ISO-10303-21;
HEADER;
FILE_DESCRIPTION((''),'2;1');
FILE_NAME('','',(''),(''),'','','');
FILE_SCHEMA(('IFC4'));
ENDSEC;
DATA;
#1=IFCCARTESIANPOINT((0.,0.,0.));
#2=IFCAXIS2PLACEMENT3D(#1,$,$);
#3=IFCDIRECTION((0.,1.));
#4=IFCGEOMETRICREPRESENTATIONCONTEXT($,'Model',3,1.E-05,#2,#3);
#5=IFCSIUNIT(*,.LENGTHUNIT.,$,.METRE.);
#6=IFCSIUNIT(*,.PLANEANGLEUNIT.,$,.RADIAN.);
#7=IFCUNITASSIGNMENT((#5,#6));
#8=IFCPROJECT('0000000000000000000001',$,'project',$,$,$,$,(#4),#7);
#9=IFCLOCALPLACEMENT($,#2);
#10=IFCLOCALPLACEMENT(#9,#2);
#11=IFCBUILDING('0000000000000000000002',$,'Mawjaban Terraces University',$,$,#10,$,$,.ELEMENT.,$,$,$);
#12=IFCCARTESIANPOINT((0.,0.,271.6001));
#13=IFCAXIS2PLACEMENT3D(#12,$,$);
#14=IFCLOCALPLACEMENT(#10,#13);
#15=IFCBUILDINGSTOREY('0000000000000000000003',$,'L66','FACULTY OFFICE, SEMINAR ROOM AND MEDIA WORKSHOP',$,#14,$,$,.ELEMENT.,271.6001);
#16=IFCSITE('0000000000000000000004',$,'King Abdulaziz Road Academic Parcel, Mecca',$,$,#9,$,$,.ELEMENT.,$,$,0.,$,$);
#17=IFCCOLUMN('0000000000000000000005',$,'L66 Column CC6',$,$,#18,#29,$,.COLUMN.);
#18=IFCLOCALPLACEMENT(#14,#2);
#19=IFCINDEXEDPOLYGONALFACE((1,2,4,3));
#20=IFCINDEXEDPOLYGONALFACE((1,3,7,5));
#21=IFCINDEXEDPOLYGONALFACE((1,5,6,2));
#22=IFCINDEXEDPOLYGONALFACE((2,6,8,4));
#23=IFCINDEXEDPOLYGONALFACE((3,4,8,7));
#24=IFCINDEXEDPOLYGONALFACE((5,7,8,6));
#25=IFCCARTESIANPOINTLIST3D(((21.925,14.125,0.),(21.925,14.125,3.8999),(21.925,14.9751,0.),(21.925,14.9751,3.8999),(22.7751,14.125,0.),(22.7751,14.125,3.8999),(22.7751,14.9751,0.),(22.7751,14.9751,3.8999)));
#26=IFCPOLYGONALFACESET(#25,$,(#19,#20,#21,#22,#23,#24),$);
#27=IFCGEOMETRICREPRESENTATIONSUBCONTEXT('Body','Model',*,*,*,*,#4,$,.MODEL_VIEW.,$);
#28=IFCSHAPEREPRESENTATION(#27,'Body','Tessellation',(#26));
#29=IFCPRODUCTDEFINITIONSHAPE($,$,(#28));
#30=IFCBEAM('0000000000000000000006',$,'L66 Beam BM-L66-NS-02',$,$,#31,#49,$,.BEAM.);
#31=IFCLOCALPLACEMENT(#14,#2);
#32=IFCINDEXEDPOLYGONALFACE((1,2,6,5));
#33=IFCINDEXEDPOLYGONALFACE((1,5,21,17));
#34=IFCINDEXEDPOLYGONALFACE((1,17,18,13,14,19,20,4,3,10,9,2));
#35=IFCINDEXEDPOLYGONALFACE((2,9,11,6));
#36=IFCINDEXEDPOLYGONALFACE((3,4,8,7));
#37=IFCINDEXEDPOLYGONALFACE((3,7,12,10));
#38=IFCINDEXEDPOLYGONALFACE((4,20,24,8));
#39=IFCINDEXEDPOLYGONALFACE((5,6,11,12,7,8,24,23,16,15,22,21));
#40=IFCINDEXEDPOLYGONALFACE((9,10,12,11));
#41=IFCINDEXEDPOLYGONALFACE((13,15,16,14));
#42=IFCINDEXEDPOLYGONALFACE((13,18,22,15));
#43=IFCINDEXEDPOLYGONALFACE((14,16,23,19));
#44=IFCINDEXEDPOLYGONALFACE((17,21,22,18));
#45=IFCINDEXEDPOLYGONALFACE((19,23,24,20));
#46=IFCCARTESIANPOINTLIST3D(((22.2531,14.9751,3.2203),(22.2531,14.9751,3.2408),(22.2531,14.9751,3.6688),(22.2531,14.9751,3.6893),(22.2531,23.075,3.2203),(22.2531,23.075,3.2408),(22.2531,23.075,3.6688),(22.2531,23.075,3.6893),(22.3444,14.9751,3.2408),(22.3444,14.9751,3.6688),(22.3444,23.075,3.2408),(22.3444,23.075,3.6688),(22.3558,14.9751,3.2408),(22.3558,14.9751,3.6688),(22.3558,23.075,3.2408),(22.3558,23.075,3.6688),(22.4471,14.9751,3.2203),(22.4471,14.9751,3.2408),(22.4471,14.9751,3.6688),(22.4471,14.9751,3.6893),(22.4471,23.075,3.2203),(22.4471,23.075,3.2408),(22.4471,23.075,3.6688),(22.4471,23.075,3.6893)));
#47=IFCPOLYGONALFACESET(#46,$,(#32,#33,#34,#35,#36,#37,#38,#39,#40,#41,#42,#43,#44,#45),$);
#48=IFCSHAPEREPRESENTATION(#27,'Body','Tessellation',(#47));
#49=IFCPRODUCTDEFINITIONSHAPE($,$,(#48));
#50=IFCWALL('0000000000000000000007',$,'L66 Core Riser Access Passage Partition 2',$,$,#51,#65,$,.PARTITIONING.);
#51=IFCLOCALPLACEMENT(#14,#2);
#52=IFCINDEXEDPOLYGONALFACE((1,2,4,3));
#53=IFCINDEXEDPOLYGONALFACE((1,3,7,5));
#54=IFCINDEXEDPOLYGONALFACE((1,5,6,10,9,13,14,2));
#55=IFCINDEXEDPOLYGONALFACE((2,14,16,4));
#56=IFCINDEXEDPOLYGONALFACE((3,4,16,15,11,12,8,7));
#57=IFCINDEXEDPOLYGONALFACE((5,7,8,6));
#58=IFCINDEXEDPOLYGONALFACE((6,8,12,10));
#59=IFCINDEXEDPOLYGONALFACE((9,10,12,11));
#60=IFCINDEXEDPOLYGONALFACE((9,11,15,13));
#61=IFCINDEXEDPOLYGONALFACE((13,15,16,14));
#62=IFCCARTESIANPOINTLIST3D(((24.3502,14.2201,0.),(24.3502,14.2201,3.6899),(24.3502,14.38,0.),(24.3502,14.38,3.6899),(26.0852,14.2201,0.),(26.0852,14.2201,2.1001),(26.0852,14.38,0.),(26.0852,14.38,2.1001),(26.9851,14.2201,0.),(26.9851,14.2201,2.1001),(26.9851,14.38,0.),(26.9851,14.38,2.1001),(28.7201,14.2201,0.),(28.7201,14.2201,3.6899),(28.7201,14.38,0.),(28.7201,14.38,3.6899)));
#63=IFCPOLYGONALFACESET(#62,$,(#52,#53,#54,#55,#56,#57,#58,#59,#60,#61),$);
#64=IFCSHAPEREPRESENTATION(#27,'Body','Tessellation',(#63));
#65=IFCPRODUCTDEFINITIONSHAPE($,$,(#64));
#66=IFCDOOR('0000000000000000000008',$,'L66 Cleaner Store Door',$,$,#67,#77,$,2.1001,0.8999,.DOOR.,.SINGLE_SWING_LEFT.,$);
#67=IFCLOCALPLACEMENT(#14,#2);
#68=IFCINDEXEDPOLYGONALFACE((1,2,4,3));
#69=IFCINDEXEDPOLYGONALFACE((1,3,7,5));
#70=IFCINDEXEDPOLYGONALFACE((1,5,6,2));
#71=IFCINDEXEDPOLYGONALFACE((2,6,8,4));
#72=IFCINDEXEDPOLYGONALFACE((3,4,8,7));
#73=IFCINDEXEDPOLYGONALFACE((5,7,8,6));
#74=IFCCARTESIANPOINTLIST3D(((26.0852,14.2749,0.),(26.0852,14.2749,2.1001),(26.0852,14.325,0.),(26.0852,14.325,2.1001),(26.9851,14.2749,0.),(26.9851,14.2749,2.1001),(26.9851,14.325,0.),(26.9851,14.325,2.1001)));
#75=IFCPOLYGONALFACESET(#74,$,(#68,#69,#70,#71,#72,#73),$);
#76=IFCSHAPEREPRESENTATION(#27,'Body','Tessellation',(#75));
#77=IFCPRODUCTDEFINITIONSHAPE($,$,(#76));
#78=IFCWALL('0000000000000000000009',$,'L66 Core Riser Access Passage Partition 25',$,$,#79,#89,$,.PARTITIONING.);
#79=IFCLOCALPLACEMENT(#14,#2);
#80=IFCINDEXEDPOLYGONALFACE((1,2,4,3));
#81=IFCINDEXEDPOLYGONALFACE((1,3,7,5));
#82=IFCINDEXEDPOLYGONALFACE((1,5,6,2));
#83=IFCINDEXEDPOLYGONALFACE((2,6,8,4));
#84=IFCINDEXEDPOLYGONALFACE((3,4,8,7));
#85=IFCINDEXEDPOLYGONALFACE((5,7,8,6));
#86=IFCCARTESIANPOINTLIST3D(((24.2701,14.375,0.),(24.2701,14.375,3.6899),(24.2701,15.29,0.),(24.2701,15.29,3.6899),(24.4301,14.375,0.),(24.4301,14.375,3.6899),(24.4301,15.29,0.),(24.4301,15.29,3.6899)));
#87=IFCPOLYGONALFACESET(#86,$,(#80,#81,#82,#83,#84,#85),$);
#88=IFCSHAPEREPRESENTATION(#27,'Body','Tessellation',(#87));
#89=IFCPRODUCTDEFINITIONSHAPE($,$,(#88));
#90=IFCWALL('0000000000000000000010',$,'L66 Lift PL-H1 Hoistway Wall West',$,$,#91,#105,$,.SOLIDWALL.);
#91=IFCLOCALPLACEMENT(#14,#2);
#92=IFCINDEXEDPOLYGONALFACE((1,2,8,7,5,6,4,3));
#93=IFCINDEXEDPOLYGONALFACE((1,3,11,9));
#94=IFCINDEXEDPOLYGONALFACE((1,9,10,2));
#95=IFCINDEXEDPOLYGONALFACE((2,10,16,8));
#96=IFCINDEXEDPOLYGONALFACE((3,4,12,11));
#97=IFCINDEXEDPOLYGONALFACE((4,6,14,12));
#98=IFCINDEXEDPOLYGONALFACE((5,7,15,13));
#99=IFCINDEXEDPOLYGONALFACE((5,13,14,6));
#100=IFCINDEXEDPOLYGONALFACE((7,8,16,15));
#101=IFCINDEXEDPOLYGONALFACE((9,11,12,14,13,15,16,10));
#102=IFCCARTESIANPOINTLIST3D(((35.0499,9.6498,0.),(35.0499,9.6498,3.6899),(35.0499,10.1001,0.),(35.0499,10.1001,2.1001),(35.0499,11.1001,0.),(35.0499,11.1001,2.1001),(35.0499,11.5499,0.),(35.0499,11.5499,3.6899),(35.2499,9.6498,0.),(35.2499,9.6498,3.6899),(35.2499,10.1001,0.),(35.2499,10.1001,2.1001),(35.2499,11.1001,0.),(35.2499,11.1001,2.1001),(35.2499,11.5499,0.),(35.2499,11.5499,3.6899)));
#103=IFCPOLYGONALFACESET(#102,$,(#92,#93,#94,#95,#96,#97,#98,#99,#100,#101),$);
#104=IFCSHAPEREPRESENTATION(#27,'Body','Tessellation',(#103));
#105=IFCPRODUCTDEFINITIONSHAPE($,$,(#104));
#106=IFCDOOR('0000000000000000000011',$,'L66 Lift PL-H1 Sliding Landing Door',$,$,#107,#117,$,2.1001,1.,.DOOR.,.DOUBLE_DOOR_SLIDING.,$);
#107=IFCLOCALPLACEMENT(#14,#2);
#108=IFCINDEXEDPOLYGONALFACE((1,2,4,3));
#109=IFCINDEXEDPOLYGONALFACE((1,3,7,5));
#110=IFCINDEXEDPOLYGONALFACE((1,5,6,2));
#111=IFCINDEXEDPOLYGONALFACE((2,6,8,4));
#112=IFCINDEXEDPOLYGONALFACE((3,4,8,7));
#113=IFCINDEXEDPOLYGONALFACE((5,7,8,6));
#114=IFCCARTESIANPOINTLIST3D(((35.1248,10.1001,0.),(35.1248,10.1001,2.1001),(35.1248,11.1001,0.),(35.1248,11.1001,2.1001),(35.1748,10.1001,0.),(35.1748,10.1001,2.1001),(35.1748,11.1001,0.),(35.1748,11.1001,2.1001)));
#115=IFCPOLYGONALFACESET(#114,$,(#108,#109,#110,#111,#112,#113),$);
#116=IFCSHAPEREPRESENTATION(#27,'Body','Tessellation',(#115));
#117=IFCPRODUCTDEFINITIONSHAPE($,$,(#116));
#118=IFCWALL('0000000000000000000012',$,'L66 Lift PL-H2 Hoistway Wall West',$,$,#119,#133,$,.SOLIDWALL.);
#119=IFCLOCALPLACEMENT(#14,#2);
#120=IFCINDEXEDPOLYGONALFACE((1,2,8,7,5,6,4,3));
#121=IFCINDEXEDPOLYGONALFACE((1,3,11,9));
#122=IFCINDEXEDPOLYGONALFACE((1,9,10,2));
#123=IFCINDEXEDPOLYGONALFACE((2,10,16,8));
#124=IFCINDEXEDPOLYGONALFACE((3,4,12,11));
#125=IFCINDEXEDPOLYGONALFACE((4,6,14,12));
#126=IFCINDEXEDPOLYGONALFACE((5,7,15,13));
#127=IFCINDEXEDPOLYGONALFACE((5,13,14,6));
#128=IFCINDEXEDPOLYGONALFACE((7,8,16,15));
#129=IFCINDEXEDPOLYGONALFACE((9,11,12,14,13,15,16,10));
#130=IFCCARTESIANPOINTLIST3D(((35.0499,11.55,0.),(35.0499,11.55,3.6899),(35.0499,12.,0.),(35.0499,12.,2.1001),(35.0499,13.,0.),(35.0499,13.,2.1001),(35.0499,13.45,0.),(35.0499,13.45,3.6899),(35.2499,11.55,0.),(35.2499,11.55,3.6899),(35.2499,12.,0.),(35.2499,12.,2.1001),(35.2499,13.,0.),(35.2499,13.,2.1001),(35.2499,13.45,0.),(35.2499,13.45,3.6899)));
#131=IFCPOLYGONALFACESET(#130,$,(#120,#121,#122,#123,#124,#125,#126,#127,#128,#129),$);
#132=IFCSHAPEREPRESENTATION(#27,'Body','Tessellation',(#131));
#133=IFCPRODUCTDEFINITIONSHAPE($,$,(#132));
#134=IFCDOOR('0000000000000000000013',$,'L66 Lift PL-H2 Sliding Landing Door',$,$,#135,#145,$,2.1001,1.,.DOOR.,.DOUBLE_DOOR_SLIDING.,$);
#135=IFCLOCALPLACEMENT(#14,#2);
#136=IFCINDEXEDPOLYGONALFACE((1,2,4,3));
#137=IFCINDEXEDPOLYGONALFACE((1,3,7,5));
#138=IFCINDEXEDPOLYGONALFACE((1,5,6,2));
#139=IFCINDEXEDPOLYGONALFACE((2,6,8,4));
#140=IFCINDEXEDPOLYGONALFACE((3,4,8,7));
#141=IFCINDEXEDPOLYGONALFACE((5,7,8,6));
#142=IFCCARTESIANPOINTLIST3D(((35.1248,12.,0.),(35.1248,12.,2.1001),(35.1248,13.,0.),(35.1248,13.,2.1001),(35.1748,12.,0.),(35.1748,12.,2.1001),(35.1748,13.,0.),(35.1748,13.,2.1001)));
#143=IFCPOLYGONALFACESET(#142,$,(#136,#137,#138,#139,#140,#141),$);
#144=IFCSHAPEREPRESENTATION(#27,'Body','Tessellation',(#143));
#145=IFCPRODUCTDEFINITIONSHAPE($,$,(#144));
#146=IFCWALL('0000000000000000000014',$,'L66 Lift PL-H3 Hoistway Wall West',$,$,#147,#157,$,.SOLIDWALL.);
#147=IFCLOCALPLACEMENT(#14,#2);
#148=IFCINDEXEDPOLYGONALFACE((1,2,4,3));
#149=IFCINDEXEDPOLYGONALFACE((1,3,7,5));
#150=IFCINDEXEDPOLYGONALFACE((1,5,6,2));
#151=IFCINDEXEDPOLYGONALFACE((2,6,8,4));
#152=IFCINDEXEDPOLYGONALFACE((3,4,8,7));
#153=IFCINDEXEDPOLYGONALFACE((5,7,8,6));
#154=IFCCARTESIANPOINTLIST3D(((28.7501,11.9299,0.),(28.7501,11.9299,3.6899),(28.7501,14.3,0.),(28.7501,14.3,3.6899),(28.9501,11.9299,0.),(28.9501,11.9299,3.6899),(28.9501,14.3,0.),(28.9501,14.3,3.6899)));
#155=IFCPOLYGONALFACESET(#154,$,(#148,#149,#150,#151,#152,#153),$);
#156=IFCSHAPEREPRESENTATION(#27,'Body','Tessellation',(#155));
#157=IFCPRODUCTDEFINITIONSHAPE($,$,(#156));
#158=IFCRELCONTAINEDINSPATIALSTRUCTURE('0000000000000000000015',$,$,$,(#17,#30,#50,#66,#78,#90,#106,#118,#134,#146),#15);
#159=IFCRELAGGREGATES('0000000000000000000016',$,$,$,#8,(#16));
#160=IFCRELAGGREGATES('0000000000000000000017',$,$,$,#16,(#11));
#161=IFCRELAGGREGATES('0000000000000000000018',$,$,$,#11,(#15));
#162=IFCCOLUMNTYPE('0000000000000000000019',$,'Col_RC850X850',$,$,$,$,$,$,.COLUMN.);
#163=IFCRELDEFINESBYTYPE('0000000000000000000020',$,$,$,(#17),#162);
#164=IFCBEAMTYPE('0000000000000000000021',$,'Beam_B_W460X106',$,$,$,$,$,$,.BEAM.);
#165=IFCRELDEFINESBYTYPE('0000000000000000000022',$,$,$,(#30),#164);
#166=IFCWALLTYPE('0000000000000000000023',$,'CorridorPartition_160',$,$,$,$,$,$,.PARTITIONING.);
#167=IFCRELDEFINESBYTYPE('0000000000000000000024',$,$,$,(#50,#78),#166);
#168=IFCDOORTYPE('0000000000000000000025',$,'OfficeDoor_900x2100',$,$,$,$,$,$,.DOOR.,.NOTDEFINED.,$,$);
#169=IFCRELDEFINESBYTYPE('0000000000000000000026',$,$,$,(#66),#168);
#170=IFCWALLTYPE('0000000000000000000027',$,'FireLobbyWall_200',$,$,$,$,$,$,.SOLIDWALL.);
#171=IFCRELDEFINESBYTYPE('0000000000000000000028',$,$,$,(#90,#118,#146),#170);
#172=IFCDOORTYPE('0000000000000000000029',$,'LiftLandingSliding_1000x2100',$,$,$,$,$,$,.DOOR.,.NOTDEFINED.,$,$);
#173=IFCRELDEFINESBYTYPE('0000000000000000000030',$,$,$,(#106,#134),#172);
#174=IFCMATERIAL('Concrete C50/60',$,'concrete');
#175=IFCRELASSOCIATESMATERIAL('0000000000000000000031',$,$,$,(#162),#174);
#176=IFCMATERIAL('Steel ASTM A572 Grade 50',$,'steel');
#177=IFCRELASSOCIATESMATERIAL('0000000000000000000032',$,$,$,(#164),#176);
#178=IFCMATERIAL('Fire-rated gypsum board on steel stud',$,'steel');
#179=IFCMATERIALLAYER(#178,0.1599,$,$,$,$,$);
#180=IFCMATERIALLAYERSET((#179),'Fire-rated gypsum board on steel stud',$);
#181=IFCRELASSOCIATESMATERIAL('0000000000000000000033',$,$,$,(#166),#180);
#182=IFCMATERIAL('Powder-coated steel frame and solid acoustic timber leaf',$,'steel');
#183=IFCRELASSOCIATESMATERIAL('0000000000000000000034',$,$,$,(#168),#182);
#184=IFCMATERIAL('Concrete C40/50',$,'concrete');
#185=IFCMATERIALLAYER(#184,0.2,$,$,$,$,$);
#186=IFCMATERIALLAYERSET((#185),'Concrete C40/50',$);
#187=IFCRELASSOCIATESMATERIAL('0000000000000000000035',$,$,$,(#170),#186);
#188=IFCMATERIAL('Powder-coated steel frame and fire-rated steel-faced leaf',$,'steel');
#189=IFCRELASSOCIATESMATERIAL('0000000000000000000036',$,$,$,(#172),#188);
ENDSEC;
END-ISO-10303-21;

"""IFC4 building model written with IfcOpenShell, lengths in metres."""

from ifc_helpers import new_model, si_unit, direction, frame, frame_2d, origin, origin_2d, place, context, subcontext, project, spatial, rectangle, i_section, extrude, material, layer, layer_set, material_profile, profile_set, type_object, element, fill, save


model = new_model("IFC4")

# Units and contexts
model_context = context("Model", 3, precision=1e-05, world=origin(), true_north=direction((0.0, 1.0)))
body_context = subcontext(model_context, "Body", "Model", "MODEL_VIEW")
ifc_project = project(units=[si_unit("LENGTHUNIT", "METRE"), si_unit("PLANEANGLEUNIT", "RADIAN")], contexts=[model_context])

# Site, building, storey
site_placement = place(None, origin())
site = spatial("IfcSite", under=ifc_project, at=site_placement, Name="King Abdulaziz Road Academic Parcel, Mecca", CompositionType="ELEMENT", RefElevation=0.0)
building_placement = place(site_placement, origin())
building = spatial("IfcBuilding", under=site, at=building_placement, Name="Mawjaban Terraces University", CompositionType="ELEMENT")
storey_placement = place(building_placement, frame((0.0, 0.0, 271.6001)))
storey = spatial("IfcBuildingStorey", under=building, at=storey_placement, Name="L66", Description="FACULTY OFFICE, SEMINAR ROOM AND MEDIA WORKSHOP", CompositionType="ELEMENT", Elevation=271.6001)

# Column
ifc_material_1 = material(Name="Concrete C50/60", Category="concrete")
ifc_material_profile_1 = material_profile(ifc_material_1, rectangle(XDim=0.8501, YDim=0.8501, at=origin_2d()), Name="RC850X850")
ifc_profile_set_1 = profile_set([ifc_material_profile_1], Name="Concrete C50/60")
column_type = type_object("IfcColumnType", Name="Col_RC850X850", PredefinedType="COLUMN", material=ifc_profile_set_1)
column_placement = place(storey_placement, frame((22.3501, 14.55, 0.0), z_axis=(0.0, 0.0, 1.0), x_axis=(1.0, 0.0, 0.0)))
element("IfcColumn", 1, at=column_placement, inside=storey, type_object=column_type, Name="L66 Column CC6", PredefinedType="COLUMN", context=body_context, shape_type="SweptSolid", body=[
    extrude(rectangle(XDim=0.8501, YDim=0.8501, at=origin_2d()), origin(), (0.0, 0.0, 1.0), 3.8999),
])

# Beam
ifc_material_2 = material(Name="Steel ASTM A572 Grade 50", Category="steel")
ifc_material_profile_2 = material_profile(ifc_material_2, i_section(OverallWidth=0.1941, OverallDepth=0.469, WebThickness=0.0115, FlangeThickness=0.0205, at=origin_2d()), Name="W460X106")
ifc_profile_set_2 = profile_set([ifc_material_profile_2], Name="Steel ASTM A572 Grade 50")
beam_type = type_object("IfcBeamType", Name="Beam_B_W460X106", PredefinedType="BEAM", material=ifc_profile_set_2)
beam_placement = place(storey_placement, frame((22.3501, 14.9751, 3.4548), z_axis=(0.0, 1.0, 0.0), x_axis=(-1.0, 0.0, 0.0)))
element("IfcBeam", 2, at=beam_placement, inside=storey, type_object=beam_type, Name="L66 Beam BM-L66-NS-02", PredefinedType="BEAM", context=body_context, shape_type="SweptSolid", body=[
    extrude(i_section(OverallWidth=0.1941, OverallDepth=0.469, WebThickness=0.0115, FlangeThickness=0.0205, at=origin_2d()), origin(), (0.0, 0.0, 1.0), 8.0999),
])

# Wall, opening, door
ifc_material_3 = material(Name="Fire-rated gypsum board on steel stud", Category="steel")
ifc_layer_1 = layer(ifc_material_3, 0.1599)
ifc_layer_set_1 = layer_set([ifc_layer_1], Name="Fire-rated gypsum board on steel stud")
wall_type_1 = type_object("IfcWallType", Name="CorridorPartition_160", PredefinedType="PARTITIONING", material=ifc_layer_set_1)
wall_1_placement = place(storey_placement, frame((24.3501, 14.3, 0.0), z_axis=(0.0, 0.0, 1.0), x_axis=(1.0, 0.0, 0.0)))
wall_1 = element("IfcWall", 3, at=wall_1_placement, inside=storey, type_object=wall_type_1, Name="L66 Core Riser Access Passage Partition 2", PredefinedType="PARTITIONING", context=body_context, shape_type="SweptSolid", body=[
    extrude(rectangle(XDim=4.3699, YDim=0.1599, at=frame_2d((2.1851, 0.0))), origin(), (0.0, 0.0, 1.0), 3.6899),
])
opening_1_placement = place(wall_1_placement, frame((1.7351, 0.0, 0.0)))
opening_1 = element("IfcOpeningElement", 4, at=opening_1_placement, cuts=wall_1, PredefinedType="OPENING", context=body_context, shape_type="SweptSolid", body=[
    extrude(rectangle(XDim=0.8999, YDim=2.1001, at=frame_2d((0.45, 1.05))), frame((0.0, 0.0898, 0.0), z_axis=(0.0, -1.0, 0.0), x_axis=(1.0, 0.0, 0.0)), (0.0, 0.0, 1.0), 0.1799),
])
ifc_material_4 = material(Name="Powder-coated steel frame and solid acoustic timber leaf", Category="steel")
door_type_1 = type_object("IfcDoorType", Name="OfficeDoor_900x2100", OperationType="NOTDEFINED", PredefinedType="DOOR", material=ifc_material_4)
door_1_placement = place(opening_1_placement, origin())
door_1 = element("IfcDoor", 5, at=door_1_placement, inside=storey, type_object=door_type_1, Name="L66 Cleaner Store Door", OperationType="SINGLE_SWING_LEFT", OverallHeight=2.1001, OverallWidth=0.8999, PredefinedType="DOOR", context=body_context, shape_type="SweptSolid", body=[
    extrude(rectangle(XDim=0.8999, YDim=2.1001, at=frame_2d((0.45, 1.05))), frame((0.0, 0.0249, 0.0), z_axis=(0.0, -1.0, 0.0), x_axis=(1.0, 0.0, 0.0)), (0.0, 0.0, 1.0), 0.05),
])
fill(opening_1, door_1)

# Wall
wall_2_placement = place(storey_placement, frame((24.3501, 15.29, 0.0), z_axis=(0.0, 0.0, 1.0), x_axis=(0.0, -1.0, 0.0)))
element("IfcWall", 6, at=wall_2_placement, inside=storey, type_object=wall_type_1, Name="L66 Core Riser Access Passage Partition 25", PredefinedType="PARTITIONING", context=body_context, shape_type="SweptSolid", body=[
    extrude(rectangle(XDim=0.915, YDim=0.1599, at=frame_2d((0.4575, 0.0))), origin(), (0.0, 0.0, 1.0), 3.6899),
])

# Walls, openings, doors
ifc_material_5 = material(Name="Concrete C40/50", Category="concrete")
ifc_layer_2 = layer(ifc_material_5, 0.2)
ifc_layer_set_2 = layer_set([ifc_layer_2], Name="Concrete C40/50")
wall_type_2 = type_object("IfcWallType", Name="FireLobbyWall_200", PredefinedType="SOLIDWALL", material=ifc_layer_set_2)
wall_3_placement = place(storey_placement, frame((35.1499, 11.55, 0.0), z_axis=(0.0, 0.0, 1.0), x_axis=(0.0, -1.0, 0.0)))
wall_3 = element("IfcWall", 7, at=wall_3_placement, inside=storey, type_object=wall_type_2, Name="L66 Lift PL-H1 Hoistway Wall West", PredefinedType="SOLIDWALL", context=body_context, shape_type="SweptSolid", body=[
    extrude(rectangle(XDim=1.9001, YDim=0.2, at=frame_2d((0.9502, 0.0))), origin(), (0.0, 0.0, 1.0), 3.6899),
])
opening_2_placement = place(wall_3_placement, frame((0.45, 0.0, 0.0)))
opening_2 = element("IfcOpeningElement", 8, at=opening_2_placement, cuts=wall_3, PredefinedType="OPENING", context=body_context, shape_type="SweptSolid", body=[
    extrude(rectangle(XDim=1.0, YDim=2.1001, at=frame_2d((0.5, 1.05))), frame((0.0, 0.1099, 0.0), z_axis=(0.0, -1.0, 0.0), x_axis=(1.0, 0.0, 0.0)), (0.0, 0.0, 1.0), 0.22),
])
ifc_material_6 = material(Name="Powder-coated steel frame and fire-rated steel-faced leaf", Category="steel")
door_type_2 = type_object("IfcDoorType", Name="LiftLandingSliding_1000x2100", OperationType="NOTDEFINED", PredefinedType="DOOR", material=ifc_material_6)
door_2_placement = place(opening_2_placement, origin())
door_2 = element("IfcDoor", 9, at=door_2_placement, inside=storey, type_object=door_type_2, Name="L66 Lift PL-H1 Sliding Landing Door", OperationType="DOUBLE_DOOR_SLIDING", OverallHeight=2.1001, OverallWidth=1.0, PredefinedType="DOOR", context=body_context, shape_type="SweptSolid", body=[
    extrude(rectangle(XDim=1.0, YDim=2.1001, at=frame_2d((0.5, 1.05))), frame((0.0, 0.0249, 0.0), z_axis=(0.0, -1.0, 0.0), x_axis=(1.0, 0.0, 0.0)), (0.0, 0.0, 1.0), 0.05),
])
fill(opening_2, door_2)
wall_4_placement = place(storey_placement, frame((35.1499, 13.45, 0.0), z_axis=(0.0, 0.0, 1.0), x_axis=(0.0, -1.0, 0.0)))
wall_4 = element("IfcWall", 10, at=wall_4_placement, inside=storey, type_object=wall_type_2, Name="L66 Lift PL-H2 Hoistway Wall West", PredefinedType="SOLIDWALL", context=body_context, shape_type="SweptSolid", body=[
    extrude(rectangle(XDim=1.8999, YDim=0.2, at=frame_2d((0.95, 0.0))), origin(), (0.0, 0.0, 1.0), 3.6899),
])
opening_3_placement = place(wall_4_placement, frame((0.45, 0.0, 0.0)))
opening_3 = element("IfcOpeningElement", 11, at=opening_3_placement, cuts=wall_4, PredefinedType="OPENING", context=body_context, shape_type="SweptSolid", body=[
    extrude(rectangle(XDim=1.0, YDim=2.1001, at=frame_2d((0.5, 1.05))), frame((0.0, 0.1099, 0.0), z_axis=(0.0, -1.0, 0.0), x_axis=(1.0, 0.0, 0.0)), (0.0, 0.0, 1.0), 0.22),
])
door_3_placement = place(opening_3_placement, origin())
door_3 = element("IfcDoor", 12, at=door_3_placement, inside=storey, type_object=door_type_2, Name="L66 Lift PL-H2 Sliding Landing Door", OperationType="DOUBLE_DOOR_SLIDING", OverallHeight=2.1001, OverallWidth=1.0, PredefinedType="DOOR", context=body_context, shape_type="SweptSolid", body=[
    extrude(rectangle(XDim=1.0, YDim=2.1001, at=frame_2d((0.5, 1.05))), frame((0.0, 0.0249, 0.0), z_axis=(0.0, -1.0, 0.0), x_axis=(1.0, 0.0, 0.0)), (0.0, 0.0, 1.0), 0.05),
])
fill(opening_3, door_3)

# Wall
wall_5_placement = place(storey_placement, frame((28.8501, 14.3, 0.0), z_axis=(0.0, 0.0, 1.0), x_axis=(0.0, -1.0, 0.0)))
element("IfcWall", 13, at=wall_5_placement, inside=storey, type_object=wall_type_2, Name="L66 Lift PL-H3 Hoistway Wall West", PredefinedType="SOLIDWALL", context=body_context, shape_type="SweptSolid", body=[
    extrude(rectangle(XDim=2.3701, YDim=0.2, at=frame_2d((1.1851, 0.0))), origin(), (0.0, 0.0, 1.0), 3.6899),
])

save(model, "model.ifc")
